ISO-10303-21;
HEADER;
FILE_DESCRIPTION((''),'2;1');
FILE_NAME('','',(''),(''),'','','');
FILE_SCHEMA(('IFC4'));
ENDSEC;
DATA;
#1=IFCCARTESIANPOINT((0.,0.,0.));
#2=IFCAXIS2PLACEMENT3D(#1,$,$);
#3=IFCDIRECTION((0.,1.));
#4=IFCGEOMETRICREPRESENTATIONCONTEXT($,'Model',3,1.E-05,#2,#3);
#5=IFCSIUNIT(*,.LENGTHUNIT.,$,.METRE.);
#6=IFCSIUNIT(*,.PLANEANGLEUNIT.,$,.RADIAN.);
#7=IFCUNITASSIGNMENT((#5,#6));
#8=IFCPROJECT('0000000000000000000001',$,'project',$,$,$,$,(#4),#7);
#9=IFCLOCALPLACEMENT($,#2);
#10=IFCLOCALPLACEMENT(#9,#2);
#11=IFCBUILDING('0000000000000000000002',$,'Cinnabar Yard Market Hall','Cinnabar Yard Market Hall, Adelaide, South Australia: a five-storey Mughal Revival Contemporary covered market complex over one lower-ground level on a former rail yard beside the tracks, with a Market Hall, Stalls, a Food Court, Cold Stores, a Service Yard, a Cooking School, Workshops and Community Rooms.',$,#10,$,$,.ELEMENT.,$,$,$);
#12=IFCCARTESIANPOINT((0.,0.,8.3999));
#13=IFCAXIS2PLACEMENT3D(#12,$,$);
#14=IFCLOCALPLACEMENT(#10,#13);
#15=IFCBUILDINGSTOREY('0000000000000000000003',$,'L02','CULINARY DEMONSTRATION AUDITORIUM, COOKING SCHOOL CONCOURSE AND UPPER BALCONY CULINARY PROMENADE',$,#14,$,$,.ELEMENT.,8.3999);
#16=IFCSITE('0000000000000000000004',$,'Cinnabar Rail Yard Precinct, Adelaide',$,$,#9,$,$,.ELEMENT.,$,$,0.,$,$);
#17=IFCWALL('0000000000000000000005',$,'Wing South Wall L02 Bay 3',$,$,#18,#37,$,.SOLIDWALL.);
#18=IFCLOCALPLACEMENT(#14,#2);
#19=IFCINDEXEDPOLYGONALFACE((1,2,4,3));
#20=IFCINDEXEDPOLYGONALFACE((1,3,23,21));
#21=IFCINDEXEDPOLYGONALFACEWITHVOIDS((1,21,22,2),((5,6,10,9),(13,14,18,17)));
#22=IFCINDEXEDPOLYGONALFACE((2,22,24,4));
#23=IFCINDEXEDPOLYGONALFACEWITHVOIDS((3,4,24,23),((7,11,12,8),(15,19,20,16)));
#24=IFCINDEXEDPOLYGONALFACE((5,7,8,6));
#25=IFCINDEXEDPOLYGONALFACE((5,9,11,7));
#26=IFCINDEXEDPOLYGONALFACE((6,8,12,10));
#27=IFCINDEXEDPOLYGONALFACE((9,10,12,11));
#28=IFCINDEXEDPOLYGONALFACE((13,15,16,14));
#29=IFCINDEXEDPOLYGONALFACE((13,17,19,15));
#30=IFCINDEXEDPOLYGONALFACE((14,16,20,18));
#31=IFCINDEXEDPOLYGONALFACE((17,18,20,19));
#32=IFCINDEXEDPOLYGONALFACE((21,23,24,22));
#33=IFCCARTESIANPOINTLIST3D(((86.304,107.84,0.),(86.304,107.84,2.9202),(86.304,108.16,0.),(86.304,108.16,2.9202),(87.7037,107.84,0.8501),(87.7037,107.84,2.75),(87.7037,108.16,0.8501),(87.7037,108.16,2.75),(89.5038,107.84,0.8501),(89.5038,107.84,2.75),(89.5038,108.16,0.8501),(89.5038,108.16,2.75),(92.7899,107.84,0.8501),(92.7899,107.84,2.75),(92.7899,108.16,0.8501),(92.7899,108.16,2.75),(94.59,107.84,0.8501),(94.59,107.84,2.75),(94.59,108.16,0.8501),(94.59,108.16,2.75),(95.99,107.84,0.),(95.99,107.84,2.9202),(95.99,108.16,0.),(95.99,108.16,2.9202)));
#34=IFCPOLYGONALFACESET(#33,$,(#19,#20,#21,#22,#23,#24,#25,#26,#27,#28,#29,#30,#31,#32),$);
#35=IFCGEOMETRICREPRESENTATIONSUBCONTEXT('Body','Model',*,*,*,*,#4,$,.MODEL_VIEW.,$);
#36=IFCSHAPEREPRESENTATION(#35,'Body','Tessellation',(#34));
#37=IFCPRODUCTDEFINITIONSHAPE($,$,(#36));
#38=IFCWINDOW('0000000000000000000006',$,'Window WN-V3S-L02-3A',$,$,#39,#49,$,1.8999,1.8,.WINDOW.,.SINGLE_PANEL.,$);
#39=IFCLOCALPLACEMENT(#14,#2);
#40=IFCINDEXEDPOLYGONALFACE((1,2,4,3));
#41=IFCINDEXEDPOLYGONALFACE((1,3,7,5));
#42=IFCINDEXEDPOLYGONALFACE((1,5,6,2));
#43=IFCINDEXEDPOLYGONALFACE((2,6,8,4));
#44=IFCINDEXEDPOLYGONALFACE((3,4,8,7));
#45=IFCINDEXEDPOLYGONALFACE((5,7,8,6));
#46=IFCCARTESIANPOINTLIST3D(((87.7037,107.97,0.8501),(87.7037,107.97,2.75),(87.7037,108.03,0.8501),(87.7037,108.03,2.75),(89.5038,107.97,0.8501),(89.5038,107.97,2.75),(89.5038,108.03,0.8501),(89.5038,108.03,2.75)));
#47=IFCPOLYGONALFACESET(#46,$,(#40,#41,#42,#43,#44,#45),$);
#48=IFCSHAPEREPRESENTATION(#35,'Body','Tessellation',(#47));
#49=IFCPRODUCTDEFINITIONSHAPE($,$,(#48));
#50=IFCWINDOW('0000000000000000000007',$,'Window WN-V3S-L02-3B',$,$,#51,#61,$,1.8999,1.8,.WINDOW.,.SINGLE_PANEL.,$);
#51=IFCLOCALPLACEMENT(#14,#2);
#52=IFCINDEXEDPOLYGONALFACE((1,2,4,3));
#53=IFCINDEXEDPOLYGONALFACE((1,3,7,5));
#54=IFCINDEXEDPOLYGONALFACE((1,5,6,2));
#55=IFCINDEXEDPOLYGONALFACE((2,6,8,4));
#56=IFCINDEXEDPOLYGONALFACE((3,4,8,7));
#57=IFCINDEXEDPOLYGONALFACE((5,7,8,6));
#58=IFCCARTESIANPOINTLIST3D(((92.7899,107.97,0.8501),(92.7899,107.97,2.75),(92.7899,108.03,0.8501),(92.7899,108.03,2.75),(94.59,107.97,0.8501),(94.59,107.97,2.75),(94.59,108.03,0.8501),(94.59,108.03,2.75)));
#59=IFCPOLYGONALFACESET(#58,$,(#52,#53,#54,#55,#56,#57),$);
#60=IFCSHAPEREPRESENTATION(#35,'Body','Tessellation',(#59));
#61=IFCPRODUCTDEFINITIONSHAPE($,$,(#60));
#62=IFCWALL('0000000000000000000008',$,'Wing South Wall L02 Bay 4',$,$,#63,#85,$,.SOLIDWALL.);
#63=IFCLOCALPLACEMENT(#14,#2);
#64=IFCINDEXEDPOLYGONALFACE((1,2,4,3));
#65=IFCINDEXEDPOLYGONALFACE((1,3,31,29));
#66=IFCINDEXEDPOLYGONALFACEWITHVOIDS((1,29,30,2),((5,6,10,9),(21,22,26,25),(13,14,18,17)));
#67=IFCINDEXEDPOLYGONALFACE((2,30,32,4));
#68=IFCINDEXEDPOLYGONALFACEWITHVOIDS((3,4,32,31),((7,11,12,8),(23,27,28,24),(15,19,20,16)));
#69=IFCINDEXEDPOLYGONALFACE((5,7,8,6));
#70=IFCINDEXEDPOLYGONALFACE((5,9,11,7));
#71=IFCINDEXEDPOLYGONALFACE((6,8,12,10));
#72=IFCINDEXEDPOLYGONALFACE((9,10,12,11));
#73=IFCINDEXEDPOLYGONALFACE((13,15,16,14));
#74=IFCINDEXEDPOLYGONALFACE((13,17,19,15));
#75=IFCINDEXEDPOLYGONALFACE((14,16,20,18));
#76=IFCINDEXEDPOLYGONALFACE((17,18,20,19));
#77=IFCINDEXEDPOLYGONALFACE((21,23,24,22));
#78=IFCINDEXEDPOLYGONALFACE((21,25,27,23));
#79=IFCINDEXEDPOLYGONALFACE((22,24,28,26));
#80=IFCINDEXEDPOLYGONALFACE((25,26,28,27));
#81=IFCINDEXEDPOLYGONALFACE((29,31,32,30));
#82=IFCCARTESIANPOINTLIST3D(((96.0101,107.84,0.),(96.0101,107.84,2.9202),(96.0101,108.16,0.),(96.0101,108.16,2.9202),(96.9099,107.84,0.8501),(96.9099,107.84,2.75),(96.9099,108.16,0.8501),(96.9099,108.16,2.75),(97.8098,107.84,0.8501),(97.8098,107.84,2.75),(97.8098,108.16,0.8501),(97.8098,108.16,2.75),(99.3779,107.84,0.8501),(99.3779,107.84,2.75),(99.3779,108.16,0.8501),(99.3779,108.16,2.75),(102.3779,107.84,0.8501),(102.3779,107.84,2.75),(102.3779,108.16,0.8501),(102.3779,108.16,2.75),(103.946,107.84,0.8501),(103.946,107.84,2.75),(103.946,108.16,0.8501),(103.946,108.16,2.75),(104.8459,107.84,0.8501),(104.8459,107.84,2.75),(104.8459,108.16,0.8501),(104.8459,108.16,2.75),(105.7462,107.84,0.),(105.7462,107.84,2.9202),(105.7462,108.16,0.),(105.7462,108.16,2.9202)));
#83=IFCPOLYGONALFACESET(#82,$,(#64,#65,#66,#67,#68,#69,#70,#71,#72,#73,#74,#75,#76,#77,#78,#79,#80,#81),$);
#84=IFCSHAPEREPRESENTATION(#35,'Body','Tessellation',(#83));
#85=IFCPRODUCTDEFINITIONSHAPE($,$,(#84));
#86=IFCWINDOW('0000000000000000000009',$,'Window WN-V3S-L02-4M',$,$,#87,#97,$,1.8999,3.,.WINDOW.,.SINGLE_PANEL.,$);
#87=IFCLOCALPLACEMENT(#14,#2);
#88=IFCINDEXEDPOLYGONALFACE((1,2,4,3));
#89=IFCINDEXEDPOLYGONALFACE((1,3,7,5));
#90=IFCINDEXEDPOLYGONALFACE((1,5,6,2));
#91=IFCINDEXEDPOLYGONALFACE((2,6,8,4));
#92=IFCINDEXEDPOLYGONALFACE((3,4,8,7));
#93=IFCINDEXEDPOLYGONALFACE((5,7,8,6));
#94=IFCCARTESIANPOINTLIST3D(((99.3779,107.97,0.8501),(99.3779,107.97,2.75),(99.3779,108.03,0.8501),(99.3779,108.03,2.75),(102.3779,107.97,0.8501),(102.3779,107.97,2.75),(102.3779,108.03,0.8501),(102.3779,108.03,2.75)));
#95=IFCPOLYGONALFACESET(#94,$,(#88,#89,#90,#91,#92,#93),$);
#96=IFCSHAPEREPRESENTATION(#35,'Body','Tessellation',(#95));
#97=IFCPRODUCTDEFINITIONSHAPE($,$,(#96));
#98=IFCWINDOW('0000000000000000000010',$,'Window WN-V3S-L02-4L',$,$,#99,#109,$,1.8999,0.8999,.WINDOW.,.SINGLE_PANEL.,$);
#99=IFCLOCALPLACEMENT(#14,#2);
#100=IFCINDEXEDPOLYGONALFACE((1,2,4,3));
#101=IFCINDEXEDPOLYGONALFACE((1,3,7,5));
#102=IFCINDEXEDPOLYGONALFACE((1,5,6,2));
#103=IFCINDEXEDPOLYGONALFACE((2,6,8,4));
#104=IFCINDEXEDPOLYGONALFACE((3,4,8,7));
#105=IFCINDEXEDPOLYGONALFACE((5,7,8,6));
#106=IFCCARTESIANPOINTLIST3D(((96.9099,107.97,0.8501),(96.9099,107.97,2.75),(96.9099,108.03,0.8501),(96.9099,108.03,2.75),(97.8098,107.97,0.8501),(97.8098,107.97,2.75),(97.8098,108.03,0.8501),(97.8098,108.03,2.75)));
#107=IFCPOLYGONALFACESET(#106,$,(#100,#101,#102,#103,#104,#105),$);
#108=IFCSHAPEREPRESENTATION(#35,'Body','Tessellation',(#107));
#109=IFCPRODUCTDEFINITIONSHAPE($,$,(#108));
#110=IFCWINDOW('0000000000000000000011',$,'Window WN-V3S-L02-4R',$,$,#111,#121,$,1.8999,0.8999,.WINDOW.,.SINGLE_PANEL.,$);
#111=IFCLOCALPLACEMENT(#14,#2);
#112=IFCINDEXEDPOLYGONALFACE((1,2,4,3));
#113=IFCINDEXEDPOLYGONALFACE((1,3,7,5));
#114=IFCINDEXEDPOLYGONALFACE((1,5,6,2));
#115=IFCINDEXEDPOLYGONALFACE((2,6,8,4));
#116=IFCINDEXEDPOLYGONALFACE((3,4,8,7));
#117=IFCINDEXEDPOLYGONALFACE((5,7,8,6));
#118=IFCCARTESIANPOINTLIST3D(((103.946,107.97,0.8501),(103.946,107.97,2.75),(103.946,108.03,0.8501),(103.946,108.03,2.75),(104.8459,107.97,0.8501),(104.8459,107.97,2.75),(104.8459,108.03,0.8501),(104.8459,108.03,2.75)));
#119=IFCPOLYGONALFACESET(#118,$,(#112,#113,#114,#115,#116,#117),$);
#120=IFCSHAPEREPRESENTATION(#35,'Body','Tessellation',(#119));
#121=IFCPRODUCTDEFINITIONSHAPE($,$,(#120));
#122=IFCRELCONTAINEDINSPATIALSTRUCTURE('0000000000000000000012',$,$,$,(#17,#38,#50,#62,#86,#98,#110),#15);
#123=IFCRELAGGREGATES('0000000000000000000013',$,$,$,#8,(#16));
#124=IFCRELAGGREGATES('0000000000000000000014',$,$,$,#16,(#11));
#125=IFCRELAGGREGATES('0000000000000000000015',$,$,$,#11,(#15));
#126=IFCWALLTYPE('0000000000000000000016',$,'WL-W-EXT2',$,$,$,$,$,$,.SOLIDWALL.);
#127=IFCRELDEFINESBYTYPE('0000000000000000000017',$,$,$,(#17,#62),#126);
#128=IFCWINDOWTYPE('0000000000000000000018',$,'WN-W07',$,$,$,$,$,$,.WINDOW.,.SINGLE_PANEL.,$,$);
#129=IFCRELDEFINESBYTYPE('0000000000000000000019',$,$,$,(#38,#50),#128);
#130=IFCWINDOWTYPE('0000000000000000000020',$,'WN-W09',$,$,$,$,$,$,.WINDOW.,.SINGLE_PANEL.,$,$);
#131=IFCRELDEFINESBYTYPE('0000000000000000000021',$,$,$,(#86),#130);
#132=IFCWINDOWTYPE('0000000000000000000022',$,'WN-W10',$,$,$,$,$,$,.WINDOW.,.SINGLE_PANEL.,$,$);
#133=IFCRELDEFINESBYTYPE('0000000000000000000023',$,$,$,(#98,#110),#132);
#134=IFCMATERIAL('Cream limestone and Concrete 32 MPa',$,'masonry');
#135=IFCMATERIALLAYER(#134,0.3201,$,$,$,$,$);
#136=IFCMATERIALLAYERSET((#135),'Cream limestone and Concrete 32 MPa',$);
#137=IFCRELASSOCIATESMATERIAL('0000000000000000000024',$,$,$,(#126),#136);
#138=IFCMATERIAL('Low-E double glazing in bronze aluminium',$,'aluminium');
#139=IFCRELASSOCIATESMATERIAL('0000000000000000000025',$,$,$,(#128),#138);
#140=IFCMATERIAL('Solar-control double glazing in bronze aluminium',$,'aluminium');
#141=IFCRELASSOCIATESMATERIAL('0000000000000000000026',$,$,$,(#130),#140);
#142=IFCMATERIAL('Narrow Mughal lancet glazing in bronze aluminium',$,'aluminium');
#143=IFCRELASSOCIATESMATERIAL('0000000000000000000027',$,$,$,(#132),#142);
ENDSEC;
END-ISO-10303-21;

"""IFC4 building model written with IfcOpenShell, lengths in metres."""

from ifc_helpers import new_model, si_unit, direction, frame, frame_2d, origin, place, context, subcontext, project, spatial, rectangle, extrude, material, layer, layer_set, type_object, element, fill, save


model = new_model("IFC4")

# Units and contexts
model_context = context("Model", 3, precision=1e-05, world=origin(), true_north=direction((0.0, 1.0)))
body_context = subcontext(model_context, "Body", "Model", "MODEL_VIEW")
ifc_project = project(units=[si_unit("LENGTHUNIT", "METRE"), si_unit("PLANEANGLEUNIT", "RADIAN")], contexts=[model_context])

# Site, building, storey
site_placement = place(None, origin())
site = spatial("IfcSite", under=ifc_project, at=site_placement, Name="Cinnabar Rail Yard Precinct, Adelaide", CompositionType="ELEMENT", RefElevation=0.0)
building_placement = place(site_placement, origin())
building = spatial("IfcBuilding", under=site, at=building_placement, Name="Cinnabar Yard Market Hall", Description="Cinnabar Yard Market Hall, Adelaide, South Australia: a five-storey Mughal Revival Contemporary covered market complex over one lower-ground level on a former rail yard beside the tracks, with a Market Hall, Stalls, a Food Court, Cold Stores, a Service Yard, a Cooking School, Workshops and Community Rooms.", CompositionType="ELEMENT")
storey_placement = place(building_placement, frame((0.0, 0.0, 8.3999)))
storey = spatial("IfcBuildingStorey", under=building, at=storey_placement, Name="L02", Description="CULINARY DEMONSTRATION AUDITORIUM, COOKING SCHOOL CONCOURSE AND UPPER BALCONY CULINARY PROMENADE", CompositionType="ELEMENT", Elevation=8.3999)

# Walls, openings, windows
ifc_material_1 = material(Name="Cream limestone and Concrete 32 MPa", Category="masonry")
ifc_layer_1 = layer(ifc_material_1, 0.3201)
ifc_layer_set_1 = layer_set([ifc_layer_1], Name="Cream limestone and Concrete 32 MPa")
wall_type_1 = type_object("IfcWallType", Name="WL-W-EXT2", PredefinedType="SOLIDWALL", material=ifc_layer_set_1)
wall_1_placement = place(storey_placement, frame((86.304, 108.0, 0.0), z_axis=(0.0, 0.0, 1.0), x_axis=(1.0, 0.0, 0.0)))
wall_1 = element("IfcWall", 1, at=wall_1_placement, inside=storey, type_object=wall_type_1, Name="Wing South Wall L02 Bay 3", PredefinedType="SOLIDWALL", context=body_context, shape_type="SweptSolid", body=[
    extrude(rectangle(XDim=9.686, YDim=0.3201, at=frame_2d((4.843, 0.0), x_axis=(1.0, 0.0))), origin(), (0.0, 0.0, 1.0), 2.9202),
])
opening_1_placement = place(wall_1_placement, frame((1.3999, 0.0, 0.8501)))
opening_1 = element("IfcOpeningElement", 2, at=opening_1_placement, cuts=wall_1, PredefinedType="OPENING", context=body_context, shape_type="SweptSolid", body=[
    extrude(rectangle(XDim=1.8, YDim=1.8999, at=frame_2d((0.8999, 0.95), x_axis=(1.0, 0.0))), frame((0.0, 0.1699, 0.0), z_axis=(0.0, -1.0, 0.0), x_axis=(1.0, 0.0, 0.0)), (0.0, 0.0, 1.0), 0.3401),
])
opening_2_placement = place(wall_1_placement, frame((6.4861, 0.0, 0.8501)))
opening_2 = element("IfcOpeningElement", 3, at=opening_2_placement, cuts=wall_1, PredefinedType="OPENING", context=body_context, shape_type="SweptSolid", body=[
    extrude(rectangle(XDim=1.8, YDim=1.8999, at=frame_2d((0.8999, 0.95), x_axis=(1.0, 0.0))), frame((0.0, 0.1699, 0.0), z_axis=(0.0, -1.0, 0.0), x_axis=(1.0, 0.0, 0.0)), (0.0, 0.0, 1.0), 0.3401),
])
ifc_material_2 = material(Name="Low-E double glazing in bronze aluminium", Category="aluminium")
window_type_1 = type_object("IfcWindowType", Name="WN-W07", PartitioningType="SINGLE_PANEL", PredefinedType="WINDOW", material=ifc_material_2)
window_1_placement = place(opening_1_placement, origin())
window_1 = element("IfcWindow", 4, at=window_1_placement, inside=storey, type_object=window_type_1, Name="Window WN-V3S-L02-3A", OverallHeight=1.8999, OverallWidth=1.8, PartitioningType="SINGLE_PANEL", PredefinedType="WINDOW", context=body_context, shape_type="SweptSolid", body=[
    extrude(rectangle(XDim=1.8, YDim=1.8999, at=frame_2d((0.8999, 0.95), x_axis=(1.0, 0.0))), frame((0.0, 0.03, 0.0), z_axis=(0.0, -1.0, 0.0), x_axis=(1.0, 0.0, 0.0)), (0.0, 0.0, 1.0), 0.0601),
])
fill(opening_1, window_1)
window_2_placement = place(opening_2_placement, origin())
window_2 = element("IfcWindow", 5, at=window_2_placement, inside=storey, type_object=window_type_1, Name="Window WN-V3S-L02-3B", OverallHeight=1.8999, OverallWidth=1.8, PartitioningType="SINGLE_PANEL", PredefinedType="WINDOW", context=body_context, shape_type="SweptSolid", body=[
    extrude(rectangle(XDim=1.8, YDim=1.8999, at=frame_2d((0.8999, 0.95), x_axis=(1.0, 0.0))), frame((0.0, 0.03, 0.0), z_axis=(0.0, -1.0, 0.0), x_axis=(1.0, 0.0, 0.0)), (0.0, 0.0, 1.0), 0.0601),
])
fill(opening_2, window_2)
wall_2_placement = place(storey_placement, frame((96.01, 108.0, 0.0), z_axis=(0.0, 0.0, 1.0), x_axis=(1.0, 0.0, 0.0)))
wall_2 = element("IfcWall", 6, at=wall_2_placement, inside=storey, type_object=wall_type_1, Name="Wing South Wall L02 Bay 4", PredefinedType="SOLIDWALL", context=body_context, shape_type="SweptSolid", body=[
    extrude(rectangle(XDim=9.7361, YDim=0.3201, at=frame_2d((4.8682, 0.0), x_axis=(1.0, 0.0))), origin(), (0.0, 0.0, 1.0), 2.9202),
])
opening_3_placement = place(wall_2_placement, frame((3.3679, 0.0, 0.8501)))
opening_3 = element("IfcOpeningElement", 7, at=opening_3_placement, cuts=wall_2, PredefinedType="OPENING", context=body_context, shape_type="SweptSolid", body=[
    extrude(rectangle(XDim=3.0, YDim=1.8999, at=frame_2d((1.5, 0.95), x_axis=(1.0, 0.0))), frame((0.0, 0.1699, 0.0), z_axis=(0.0, -1.0, 0.0), x_axis=(1.0, 0.0, 0.0)), (0.0, 0.0, 1.0), 0.3401),
])
opening_4_placement = place(wall_2_placement, frame((0.8999, 0.0, 0.8501)))
opening_4 = element("IfcOpeningElement", 8, at=opening_4_placement, cuts=wall_2, PredefinedType="OPENING", context=body_context, shape_type="SweptSolid", body=[
    extrude(rectangle(XDim=0.8999, YDim=1.8999, at=frame_2d((0.45, 0.95), x_axis=(1.0, 0.0))), frame((0.0, 0.1699, 0.0), z_axis=(0.0, -1.0, 0.0), x_axis=(1.0, 0.0, 0.0)), (0.0, 0.0, 1.0), 0.3401),
])
opening_5_placement = place(wall_2_placement, frame((7.936, 0.0, 0.8501)))
opening_5 = element("IfcOpeningElement", 9, at=opening_5_placement, cuts=wall_2, PredefinedType="OPENING", context=body_context, shape_type="SweptSolid", body=[
    extrude(rectangle(XDim=0.8999, YDim=1.8999, at=frame_2d((0.45, 0.95), x_axis=(1.0, 0.0))), frame((0.0, 0.1699, 0.0), z_axis=(0.0, -1.0, 0.0), x_axis=(1.0, 0.0, 0.0)), (0.0, 0.0, 1.0), 0.3401),
])
ifc_material_3 = material(Name="Solar-control double glazing in bronze aluminium", Category="aluminium")
window_type_2 = type_object("IfcWindowType", Name="WN-W09", PartitioningType="SINGLE_PANEL", PredefinedType="WINDOW", material=ifc_material_3)
window_3_placement = place(opening_3_placement, origin())
window_3 = element("IfcWindow", 10, at=window_3_placement, inside=storey, type_object=window_type_2, Name="Window WN-V3S-L02-4M", OverallHeight=1.8999, OverallWidth=3.0, PartitioningType="SINGLE_PANEL", PredefinedType="WINDOW", context=body_context, shape_type="SweptSolid", body=[
    extrude(rectangle(XDim=3.0, YDim=1.8999, at=frame_2d((1.5, 0.95), x_axis=(1.0, 0.0))), frame((0.0, 0.03, 0.0), z_axis=(0.0, -1.0, 0.0), x_axis=(1.0, 0.0, 0.0)), (0.0, 0.0, 1.0), 0.0601),
])
fill(opening_3, window_3)
ifc_material_4 = material(Name="Narrow Mughal lancet glazing in bronze aluminium", Category="aluminium")
window_type_3 = type_object("IfcWindowType", Name="WN-W10", PartitioningType="SINGLE_PANEL", PredefinedType="WINDOW", material=ifc_material_4)
window_4_placement = place(opening_4_placement, origin())
window_4 = element("IfcWindow", 11, at=window_4_placement, inside=storey, type_object=window_type_3, Name="Window WN-V3S-L02-4L", OverallHeight=1.8999, OverallWidth=0.8999, PartitioningType="SINGLE_PANEL", PredefinedType="WINDOW", context=body_context, shape_type="SweptSolid", body=[
    extrude(rectangle(XDim=0.8999, YDim=1.8999, at=frame_2d((0.45, 0.95), x_axis=(1.0, 0.0))), frame((0.0, 0.03, 0.0), z_axis=(0.0, -1.0, 0.0), x_axis=(1.0, 0.0, 0.0)), (0.0, 0.0, 1.0), 0.0601),
])
fill(opening_4, window_4)
window_5_placement = place(opening_5_placement, origin())
window_5 = element("IfcWindow", 12, at=window_5_placement, inside=storey, type_object=window_type_3, Name="Window WN-V3S-L02-4R", OverallHeight=1.8999, OverallWidth=0.8999, PartitioningType="SINGLE_PANEL", PredefinedType="WINDOW", context=body_context, shape_type="SweptSolid", body=[
    extrude(rectangle(XDim=0.8999, YDim=1.8999, at=frame_2d((0.45, 0.95), x_axis=(1.0, 0.0))), frame((0.0, 0.03, 0.0), z_axis=(0.0, -1.0, 0.0), x_axis=(1.0, 0.0, 0.0)), (0.0, 0.0, 1.0), 0.0601),
])
fill(opening_5, window_5)

save(model, "model.ifc")
